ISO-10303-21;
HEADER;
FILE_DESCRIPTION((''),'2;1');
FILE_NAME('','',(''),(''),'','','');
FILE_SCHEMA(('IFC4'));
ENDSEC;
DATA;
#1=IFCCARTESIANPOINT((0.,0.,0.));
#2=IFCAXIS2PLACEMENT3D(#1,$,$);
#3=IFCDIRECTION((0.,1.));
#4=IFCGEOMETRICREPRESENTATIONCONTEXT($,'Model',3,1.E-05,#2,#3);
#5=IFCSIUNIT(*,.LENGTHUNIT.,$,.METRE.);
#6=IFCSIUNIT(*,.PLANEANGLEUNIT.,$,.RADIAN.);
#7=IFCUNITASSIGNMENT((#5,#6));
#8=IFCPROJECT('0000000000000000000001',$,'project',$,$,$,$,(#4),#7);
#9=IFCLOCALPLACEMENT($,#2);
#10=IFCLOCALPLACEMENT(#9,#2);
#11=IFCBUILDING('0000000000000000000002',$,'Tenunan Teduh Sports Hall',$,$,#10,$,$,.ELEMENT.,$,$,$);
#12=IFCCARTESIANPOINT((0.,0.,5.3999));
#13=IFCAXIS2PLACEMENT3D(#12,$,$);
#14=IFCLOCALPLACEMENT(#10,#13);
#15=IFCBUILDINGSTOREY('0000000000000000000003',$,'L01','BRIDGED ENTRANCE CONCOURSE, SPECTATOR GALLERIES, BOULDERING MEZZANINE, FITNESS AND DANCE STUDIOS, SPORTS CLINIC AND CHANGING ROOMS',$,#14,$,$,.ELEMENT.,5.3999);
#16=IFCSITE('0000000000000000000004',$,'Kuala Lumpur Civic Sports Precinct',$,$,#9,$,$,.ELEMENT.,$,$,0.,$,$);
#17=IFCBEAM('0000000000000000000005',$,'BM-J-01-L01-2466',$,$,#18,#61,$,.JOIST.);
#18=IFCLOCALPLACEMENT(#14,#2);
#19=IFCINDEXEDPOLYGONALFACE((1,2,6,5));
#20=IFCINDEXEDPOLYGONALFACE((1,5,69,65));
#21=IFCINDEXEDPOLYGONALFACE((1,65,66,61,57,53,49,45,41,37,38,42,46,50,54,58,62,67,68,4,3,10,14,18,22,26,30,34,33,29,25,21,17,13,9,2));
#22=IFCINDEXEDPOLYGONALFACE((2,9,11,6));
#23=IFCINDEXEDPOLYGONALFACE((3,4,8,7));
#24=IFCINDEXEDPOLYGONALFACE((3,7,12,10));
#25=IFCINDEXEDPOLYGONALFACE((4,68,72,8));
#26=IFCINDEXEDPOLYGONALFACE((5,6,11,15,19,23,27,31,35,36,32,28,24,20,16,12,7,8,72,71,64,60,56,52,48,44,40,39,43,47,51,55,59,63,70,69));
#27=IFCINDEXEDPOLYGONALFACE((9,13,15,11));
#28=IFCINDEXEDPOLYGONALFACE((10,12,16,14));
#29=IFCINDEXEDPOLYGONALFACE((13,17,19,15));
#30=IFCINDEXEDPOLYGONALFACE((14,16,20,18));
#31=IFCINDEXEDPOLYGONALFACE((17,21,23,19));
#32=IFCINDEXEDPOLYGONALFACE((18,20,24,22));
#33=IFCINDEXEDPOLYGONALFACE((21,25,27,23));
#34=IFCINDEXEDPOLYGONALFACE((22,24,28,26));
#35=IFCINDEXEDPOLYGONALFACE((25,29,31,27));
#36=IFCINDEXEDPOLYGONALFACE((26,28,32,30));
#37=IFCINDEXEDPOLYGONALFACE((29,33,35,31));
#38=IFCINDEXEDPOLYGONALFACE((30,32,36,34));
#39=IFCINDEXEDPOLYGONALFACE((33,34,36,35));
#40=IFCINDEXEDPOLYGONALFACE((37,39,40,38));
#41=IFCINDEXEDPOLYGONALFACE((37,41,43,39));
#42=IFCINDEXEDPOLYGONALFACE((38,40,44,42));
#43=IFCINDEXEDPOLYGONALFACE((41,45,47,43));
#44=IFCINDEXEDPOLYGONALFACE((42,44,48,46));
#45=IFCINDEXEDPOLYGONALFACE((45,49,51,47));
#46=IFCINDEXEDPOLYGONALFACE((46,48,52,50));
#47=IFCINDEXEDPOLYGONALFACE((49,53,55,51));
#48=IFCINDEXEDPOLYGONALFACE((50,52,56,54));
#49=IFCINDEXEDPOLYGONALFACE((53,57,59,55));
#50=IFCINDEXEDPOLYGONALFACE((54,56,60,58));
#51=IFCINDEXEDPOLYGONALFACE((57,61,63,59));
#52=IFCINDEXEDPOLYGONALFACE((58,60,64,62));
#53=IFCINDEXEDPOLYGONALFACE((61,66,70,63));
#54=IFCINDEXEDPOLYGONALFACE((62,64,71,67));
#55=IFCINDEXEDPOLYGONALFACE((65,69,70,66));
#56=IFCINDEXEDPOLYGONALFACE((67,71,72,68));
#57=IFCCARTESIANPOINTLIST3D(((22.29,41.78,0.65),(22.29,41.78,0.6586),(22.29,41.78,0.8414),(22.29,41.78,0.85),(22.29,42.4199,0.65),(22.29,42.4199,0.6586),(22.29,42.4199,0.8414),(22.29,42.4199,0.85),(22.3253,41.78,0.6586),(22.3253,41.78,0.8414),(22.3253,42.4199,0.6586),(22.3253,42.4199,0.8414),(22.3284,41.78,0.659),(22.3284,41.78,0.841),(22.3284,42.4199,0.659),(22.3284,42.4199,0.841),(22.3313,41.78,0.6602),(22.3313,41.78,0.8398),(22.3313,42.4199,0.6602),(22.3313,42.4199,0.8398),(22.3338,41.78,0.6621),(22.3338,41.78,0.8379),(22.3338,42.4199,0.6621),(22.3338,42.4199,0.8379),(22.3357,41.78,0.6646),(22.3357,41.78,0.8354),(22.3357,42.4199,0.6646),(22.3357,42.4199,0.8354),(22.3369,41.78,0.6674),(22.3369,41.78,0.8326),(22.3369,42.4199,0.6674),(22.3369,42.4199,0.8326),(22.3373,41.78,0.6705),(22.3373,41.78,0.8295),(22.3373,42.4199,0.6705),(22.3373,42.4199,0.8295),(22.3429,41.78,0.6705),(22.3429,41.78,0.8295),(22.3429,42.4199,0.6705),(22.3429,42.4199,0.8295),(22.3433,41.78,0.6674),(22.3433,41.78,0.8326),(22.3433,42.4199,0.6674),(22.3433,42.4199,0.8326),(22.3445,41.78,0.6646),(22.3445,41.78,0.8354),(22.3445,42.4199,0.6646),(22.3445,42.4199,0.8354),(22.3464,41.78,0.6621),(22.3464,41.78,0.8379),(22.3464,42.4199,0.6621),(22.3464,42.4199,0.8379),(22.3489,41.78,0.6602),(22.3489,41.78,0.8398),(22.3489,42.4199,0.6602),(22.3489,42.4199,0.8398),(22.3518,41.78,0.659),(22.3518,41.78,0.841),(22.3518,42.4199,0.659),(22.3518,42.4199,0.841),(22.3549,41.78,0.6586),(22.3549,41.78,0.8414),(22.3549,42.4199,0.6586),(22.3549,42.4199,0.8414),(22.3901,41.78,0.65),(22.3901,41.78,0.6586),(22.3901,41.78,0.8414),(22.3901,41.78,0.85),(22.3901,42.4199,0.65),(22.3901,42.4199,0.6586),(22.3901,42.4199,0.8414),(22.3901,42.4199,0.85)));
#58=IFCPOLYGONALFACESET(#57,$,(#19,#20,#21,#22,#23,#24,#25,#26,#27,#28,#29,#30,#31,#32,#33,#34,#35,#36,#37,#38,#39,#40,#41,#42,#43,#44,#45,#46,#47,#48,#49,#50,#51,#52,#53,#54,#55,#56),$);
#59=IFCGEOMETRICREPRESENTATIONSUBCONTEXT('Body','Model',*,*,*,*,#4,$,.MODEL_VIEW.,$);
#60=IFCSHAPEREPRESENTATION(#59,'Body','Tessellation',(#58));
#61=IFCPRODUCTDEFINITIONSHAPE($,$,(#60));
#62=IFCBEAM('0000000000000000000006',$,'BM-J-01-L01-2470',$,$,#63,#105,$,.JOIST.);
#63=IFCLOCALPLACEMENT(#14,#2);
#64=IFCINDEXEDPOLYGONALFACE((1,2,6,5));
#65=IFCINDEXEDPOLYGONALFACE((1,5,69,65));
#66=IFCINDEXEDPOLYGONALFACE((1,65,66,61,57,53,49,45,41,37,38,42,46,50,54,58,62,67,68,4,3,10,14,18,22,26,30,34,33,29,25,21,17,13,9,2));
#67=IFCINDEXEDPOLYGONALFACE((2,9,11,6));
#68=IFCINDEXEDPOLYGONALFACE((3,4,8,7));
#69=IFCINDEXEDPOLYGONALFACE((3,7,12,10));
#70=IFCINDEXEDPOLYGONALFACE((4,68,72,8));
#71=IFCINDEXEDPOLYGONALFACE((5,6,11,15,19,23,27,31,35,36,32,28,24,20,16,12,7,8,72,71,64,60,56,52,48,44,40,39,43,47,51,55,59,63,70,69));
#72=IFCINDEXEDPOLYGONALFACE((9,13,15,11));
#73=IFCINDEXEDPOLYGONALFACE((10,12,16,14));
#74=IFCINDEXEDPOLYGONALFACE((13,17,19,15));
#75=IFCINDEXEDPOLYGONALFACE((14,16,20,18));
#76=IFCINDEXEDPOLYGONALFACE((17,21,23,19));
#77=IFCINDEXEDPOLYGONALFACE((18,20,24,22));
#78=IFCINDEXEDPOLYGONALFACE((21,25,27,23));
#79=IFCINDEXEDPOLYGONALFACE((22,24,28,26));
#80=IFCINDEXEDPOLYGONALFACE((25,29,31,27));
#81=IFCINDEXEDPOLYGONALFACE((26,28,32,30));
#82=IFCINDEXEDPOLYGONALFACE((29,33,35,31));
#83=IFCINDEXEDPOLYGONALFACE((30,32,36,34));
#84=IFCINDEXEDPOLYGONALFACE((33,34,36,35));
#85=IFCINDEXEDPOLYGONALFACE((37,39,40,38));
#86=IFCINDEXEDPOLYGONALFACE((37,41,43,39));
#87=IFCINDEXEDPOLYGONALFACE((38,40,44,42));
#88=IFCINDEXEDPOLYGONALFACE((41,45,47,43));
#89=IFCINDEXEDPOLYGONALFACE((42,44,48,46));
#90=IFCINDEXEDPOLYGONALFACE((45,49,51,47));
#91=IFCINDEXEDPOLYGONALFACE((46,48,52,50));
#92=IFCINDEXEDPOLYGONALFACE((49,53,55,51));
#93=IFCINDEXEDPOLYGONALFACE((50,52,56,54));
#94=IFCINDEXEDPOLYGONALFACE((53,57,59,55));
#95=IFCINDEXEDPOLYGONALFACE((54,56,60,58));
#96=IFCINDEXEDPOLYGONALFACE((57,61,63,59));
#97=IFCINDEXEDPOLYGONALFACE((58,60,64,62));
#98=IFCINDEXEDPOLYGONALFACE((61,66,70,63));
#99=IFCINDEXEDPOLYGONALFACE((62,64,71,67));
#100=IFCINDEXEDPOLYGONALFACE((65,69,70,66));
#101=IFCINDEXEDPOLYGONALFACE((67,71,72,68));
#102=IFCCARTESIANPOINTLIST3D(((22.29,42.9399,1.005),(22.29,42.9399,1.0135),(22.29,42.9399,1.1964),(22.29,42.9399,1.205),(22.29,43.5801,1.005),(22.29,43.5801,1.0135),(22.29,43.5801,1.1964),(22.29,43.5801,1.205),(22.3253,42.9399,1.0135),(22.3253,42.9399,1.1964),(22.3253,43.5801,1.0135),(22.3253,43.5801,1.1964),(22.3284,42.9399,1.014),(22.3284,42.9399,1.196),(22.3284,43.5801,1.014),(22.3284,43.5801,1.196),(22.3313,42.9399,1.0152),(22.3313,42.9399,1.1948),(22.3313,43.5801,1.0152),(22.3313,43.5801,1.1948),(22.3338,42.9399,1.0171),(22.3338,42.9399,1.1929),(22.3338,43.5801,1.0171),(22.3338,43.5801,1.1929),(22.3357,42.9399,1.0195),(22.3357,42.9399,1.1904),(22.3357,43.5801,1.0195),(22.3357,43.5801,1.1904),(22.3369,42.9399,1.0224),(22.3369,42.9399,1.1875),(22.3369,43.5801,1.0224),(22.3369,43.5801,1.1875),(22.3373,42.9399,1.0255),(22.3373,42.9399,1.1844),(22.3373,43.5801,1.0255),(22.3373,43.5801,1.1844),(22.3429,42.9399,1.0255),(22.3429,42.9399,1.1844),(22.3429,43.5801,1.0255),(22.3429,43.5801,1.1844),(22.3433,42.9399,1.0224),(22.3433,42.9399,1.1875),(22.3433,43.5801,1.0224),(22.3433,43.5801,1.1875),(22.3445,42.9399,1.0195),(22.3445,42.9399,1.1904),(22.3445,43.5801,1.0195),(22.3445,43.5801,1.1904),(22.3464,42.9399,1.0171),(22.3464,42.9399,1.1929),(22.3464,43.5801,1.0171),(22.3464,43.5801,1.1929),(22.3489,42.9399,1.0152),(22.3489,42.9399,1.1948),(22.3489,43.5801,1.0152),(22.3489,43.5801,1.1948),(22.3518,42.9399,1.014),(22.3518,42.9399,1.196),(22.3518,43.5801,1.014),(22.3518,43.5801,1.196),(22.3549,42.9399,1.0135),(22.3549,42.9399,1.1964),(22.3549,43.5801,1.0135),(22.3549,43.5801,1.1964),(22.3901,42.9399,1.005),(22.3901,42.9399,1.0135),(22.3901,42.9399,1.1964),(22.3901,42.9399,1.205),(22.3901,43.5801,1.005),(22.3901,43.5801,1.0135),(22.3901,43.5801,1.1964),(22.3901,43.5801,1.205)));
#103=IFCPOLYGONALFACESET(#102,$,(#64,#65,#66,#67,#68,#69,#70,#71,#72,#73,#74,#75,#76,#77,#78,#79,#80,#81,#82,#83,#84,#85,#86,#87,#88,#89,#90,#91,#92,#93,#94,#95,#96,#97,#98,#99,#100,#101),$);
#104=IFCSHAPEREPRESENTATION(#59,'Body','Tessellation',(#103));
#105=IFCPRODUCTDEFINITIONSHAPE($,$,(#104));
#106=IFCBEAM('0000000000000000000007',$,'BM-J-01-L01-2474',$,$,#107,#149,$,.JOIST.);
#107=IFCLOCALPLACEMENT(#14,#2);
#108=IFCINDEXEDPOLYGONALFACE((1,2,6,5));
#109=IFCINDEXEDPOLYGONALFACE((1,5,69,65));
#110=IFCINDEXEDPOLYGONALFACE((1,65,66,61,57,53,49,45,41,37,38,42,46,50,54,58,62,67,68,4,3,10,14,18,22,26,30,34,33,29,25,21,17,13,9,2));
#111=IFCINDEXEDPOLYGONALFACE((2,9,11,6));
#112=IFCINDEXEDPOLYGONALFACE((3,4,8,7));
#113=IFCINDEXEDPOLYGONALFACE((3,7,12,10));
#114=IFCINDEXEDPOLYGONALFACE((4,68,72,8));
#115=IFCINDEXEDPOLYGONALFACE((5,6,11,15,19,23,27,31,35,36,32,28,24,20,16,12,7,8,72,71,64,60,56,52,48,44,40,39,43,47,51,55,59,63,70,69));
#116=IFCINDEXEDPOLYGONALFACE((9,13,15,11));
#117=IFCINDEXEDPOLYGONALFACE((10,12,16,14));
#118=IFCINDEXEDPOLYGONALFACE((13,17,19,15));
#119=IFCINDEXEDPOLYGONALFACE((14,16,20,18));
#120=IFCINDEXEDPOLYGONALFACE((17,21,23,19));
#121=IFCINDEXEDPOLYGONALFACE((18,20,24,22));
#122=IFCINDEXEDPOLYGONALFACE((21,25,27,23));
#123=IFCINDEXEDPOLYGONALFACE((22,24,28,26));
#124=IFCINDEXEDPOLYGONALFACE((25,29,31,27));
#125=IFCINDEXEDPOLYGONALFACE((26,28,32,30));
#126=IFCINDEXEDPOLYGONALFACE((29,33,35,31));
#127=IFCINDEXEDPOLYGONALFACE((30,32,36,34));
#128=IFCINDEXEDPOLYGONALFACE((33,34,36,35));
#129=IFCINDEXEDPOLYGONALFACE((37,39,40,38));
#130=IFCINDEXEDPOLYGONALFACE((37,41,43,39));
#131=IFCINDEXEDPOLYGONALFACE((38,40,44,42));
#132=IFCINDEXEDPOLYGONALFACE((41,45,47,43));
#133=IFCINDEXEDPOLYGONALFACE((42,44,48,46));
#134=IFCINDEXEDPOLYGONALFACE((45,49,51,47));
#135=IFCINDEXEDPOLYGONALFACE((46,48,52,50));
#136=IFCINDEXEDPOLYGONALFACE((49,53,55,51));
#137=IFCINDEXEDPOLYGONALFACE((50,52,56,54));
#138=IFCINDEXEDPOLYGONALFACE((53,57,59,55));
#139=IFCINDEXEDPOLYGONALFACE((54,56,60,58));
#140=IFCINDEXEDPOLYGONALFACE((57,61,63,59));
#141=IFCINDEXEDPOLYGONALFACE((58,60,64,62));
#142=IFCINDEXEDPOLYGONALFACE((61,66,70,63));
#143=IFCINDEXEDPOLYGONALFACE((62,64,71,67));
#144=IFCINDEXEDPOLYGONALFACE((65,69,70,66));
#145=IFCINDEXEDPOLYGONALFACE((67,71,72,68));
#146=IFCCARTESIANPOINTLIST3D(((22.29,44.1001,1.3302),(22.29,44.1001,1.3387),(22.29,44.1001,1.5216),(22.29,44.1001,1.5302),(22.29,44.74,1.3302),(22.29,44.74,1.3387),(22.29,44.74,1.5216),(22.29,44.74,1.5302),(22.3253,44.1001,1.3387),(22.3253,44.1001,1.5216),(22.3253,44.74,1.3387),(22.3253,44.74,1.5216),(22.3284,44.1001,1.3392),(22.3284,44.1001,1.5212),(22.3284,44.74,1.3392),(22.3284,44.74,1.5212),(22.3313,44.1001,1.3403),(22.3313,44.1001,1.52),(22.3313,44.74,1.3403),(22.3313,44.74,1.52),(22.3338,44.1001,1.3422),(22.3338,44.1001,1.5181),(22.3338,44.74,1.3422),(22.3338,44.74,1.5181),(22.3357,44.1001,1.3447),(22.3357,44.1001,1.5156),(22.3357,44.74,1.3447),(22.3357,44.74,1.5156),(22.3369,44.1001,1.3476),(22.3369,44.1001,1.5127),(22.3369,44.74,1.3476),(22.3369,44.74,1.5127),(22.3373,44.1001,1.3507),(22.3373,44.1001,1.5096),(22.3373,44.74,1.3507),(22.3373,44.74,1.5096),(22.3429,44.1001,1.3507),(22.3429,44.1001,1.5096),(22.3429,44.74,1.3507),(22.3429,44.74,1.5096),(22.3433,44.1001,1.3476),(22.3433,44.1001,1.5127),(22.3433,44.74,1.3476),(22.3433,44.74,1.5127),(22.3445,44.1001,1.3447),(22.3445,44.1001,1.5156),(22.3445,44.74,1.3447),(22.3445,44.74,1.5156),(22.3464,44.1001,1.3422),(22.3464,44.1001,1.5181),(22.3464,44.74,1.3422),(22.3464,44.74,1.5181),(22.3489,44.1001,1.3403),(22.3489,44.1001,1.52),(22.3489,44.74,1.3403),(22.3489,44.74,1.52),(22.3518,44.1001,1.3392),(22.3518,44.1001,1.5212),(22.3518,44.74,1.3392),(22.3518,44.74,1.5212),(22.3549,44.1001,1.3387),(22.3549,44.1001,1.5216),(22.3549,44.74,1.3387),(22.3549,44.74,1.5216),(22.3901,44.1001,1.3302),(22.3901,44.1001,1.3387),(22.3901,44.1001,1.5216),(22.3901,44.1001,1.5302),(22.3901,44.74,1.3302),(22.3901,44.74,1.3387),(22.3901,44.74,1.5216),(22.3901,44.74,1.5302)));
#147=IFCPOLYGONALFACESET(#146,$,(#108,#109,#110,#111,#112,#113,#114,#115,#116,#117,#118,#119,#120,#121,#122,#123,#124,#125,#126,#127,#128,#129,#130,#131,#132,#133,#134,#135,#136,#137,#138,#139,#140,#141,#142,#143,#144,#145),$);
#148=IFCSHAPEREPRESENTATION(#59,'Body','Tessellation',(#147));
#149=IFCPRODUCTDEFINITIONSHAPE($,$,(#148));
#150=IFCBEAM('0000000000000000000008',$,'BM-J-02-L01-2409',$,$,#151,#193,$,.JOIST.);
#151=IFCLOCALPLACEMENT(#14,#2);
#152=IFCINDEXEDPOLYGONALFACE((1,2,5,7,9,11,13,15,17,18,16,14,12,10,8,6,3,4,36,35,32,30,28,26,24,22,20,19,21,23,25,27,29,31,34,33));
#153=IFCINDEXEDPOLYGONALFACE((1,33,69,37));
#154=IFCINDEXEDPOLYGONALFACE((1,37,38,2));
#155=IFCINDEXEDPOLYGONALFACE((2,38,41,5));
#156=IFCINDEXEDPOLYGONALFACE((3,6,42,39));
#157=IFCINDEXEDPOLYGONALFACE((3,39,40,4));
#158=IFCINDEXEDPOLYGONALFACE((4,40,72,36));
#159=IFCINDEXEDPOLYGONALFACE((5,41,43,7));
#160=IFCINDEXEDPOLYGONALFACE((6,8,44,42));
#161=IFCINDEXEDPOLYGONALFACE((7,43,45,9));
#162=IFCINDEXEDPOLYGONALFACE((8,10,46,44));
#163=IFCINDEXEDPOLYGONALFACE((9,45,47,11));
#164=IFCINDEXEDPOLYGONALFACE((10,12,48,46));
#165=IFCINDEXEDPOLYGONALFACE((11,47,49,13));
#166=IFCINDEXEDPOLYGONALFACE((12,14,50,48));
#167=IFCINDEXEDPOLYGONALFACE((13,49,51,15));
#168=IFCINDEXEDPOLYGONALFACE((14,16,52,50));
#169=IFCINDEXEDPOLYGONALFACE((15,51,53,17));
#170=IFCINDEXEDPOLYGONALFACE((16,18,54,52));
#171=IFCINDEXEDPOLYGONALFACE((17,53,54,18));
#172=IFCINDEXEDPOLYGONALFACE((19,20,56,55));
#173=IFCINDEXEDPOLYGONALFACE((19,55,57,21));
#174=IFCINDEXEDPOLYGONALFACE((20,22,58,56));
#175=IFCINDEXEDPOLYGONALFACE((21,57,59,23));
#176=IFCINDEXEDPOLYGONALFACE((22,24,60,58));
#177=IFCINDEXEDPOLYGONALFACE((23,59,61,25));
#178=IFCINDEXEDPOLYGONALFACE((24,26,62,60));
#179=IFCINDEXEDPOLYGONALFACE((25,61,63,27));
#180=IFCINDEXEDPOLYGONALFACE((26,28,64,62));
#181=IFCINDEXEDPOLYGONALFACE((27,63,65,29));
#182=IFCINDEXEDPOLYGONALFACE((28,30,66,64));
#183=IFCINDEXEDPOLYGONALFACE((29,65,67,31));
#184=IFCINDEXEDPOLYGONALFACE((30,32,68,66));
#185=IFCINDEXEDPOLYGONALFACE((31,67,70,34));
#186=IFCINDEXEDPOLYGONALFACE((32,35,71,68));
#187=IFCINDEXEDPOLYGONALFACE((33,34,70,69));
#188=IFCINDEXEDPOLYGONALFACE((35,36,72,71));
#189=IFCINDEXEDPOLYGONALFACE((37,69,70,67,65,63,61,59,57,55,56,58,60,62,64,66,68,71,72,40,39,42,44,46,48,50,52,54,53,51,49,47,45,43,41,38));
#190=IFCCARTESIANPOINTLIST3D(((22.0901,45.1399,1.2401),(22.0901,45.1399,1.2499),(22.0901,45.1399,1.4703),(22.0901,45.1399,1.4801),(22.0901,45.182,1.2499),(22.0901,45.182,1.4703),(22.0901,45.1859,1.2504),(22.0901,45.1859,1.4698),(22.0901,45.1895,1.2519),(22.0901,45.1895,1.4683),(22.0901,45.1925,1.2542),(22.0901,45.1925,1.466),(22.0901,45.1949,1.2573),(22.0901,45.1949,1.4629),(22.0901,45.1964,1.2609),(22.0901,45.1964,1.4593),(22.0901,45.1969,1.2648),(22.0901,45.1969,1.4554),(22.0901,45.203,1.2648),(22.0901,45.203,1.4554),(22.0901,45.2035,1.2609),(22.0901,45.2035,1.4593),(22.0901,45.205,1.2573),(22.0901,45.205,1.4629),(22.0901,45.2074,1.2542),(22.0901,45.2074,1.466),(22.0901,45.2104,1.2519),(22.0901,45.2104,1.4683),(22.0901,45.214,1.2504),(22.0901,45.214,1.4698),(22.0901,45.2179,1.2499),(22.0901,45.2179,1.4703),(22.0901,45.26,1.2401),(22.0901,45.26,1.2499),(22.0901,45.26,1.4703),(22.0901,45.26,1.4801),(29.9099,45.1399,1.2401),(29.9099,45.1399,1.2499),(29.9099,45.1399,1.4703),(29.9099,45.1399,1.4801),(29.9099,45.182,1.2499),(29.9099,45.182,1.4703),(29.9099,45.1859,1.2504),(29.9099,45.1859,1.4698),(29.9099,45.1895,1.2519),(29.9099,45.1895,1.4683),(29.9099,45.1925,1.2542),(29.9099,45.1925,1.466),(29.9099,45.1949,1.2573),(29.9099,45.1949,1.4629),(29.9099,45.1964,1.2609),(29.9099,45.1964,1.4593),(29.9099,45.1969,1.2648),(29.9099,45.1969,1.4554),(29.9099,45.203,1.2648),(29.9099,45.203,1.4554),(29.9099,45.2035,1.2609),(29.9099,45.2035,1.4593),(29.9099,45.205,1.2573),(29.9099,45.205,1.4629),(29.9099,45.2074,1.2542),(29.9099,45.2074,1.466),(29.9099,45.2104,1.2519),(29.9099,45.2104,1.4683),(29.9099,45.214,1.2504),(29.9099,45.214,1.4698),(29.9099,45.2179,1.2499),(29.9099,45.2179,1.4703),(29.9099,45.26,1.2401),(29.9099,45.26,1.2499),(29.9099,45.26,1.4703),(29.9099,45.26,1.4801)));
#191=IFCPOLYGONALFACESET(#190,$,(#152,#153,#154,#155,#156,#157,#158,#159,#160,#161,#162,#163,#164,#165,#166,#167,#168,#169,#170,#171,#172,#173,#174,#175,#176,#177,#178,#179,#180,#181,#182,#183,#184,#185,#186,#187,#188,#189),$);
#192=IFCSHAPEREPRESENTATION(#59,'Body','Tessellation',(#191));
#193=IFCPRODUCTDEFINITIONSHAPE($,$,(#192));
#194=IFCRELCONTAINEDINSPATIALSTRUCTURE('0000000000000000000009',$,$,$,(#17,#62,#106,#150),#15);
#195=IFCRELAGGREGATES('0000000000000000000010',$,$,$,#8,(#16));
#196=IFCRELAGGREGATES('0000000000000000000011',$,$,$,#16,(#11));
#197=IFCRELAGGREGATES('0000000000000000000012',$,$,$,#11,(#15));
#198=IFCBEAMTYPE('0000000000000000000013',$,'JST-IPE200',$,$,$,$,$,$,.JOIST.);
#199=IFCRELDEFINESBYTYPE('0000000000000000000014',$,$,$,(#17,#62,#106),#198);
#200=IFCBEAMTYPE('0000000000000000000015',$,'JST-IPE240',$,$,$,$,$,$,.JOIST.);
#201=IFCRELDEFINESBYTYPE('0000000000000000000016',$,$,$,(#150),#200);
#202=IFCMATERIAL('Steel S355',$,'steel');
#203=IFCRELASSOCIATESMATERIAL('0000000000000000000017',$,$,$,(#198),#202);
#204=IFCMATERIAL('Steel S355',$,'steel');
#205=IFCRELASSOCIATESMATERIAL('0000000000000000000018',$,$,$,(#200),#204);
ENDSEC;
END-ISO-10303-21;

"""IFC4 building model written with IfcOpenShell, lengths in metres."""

from ifc_helpers import new_model, si_unit, direction, frame, origin, origin_2d, place, context, subcontext, project, spatial, i_section, extrude, material, material_profile, profile_set, type_object, element, save


model = new_model("IFC4")

# Units and contexts
model_context = context("Model", 3, precision=1e-05, world=origin(), true_north=direction((0.0, 1.0)))
body_context = subcontext(model_context, "Body", "Model", "MODEL_VIEW")
ifc_project = project(units=[si_unit("LENGTHUNIT", "METRE"), si_unit("PLANEANGLEUNIT", "RADIAN")], contexts=[model_context])

# Site, building, storey
site_placement = place(None, origin())
site = spatial("IfcSite", under=ifc_project, at=site_placement, Name="Kuala Lumpur Civic Sports Precinct", CompositionType="ELEMENT", RefElevation=0.0)
building_placement = place(site_placement, origin())
building = spatial("IfcBuilding", under=site, at=building_placement, Name="Tenunan Teduh Sports Hall", CompositionType="ELEMENT")
storey_placement = place(building_placement, frame((0.0, 0.0, 5.3999)))
storey = spatial("IfcBuildingStorey", under=building, at=storey_placement, Name="L01", Description="BRIDGED ENTRANCE CONCOURSE, SPECTATOR GALLERIES, BOULDERING MEZZANINE, FITNESS AND DANCE STUDIOS, SPORTS CLINIC AND CHANGING ROOMS", CompositionType="ELEMENT", Elevation=5.3999)

# Beams
ifc_material_1 = material(Name="Steel S355", Category="steel")
ifc_material_profile_1 = material_profile(ifc_material_1, i_section(OverallWidth=0.1001, OverallDepth=0.2, WebThickness=0.0056, FlangeThickness=0.0085, FilletRadius=0.012, at=origin_2d()), Name="IPE 200")
ifc_profile_set_1 = profile_set([ifc_material_profile_1], Name="Steel S355")
beam_type_1 = type_object("IfcBeamType", Name="JST-IPE200", PredefinedType="JOIST", material=ifc_profile_set_1)
for number, where, z_axis, x_axis, name in (
    (1, (22.3401, 41.78, 0.75), (0.0, 1.0, 0.0), (-1.0, 0.0, 0.0), "BM-J-01-L01-2466"),
):
    element("IfcBeam", number, at=place(storey_placement, frame(where, z_axis=z_axis, x_axis=x_axis)), inside=storey, type_object=beam_type_1, Name=name, PredefinedType="JOIST", context=body_context, shape_type="SweptSolid", body=[
        extrude(i_section(OverallWidth=0.1001, OverallDepth=0.2, WebThickness=0.0056, FlangeThickness=0.0085, FilletRadius=0.012, at=origin_2d()), origin(), (0.0, 0.0, 1.0), 0.6399),
    ])
beam_1_placement = place(storey_placement, frame((22.3401, 42.9399, 1.105), z_axis=(0.0, 1.0, 0.0), x_axis=(-1.0, 0.0, 0.0)))
element("IfcBeam", 2, at=beam_1_placement, inside=storey, type_object=beam_type_1, Name="BM-J-01-L01-2470", PredefinedType="JOIST", context=body_context, shape_type="SweptSolid", body=[
    extrude(i_section(OverallWidth=0.1001, OverallDepth=0.2, WebThickness=0.0056, FlangeThickness=0.0085, FilletRadius=0.012, at=origin_2d()), origin(), (0.0, 0.0, 1.0), 0.6401),
])
beam_2_placement = place(storey_placement, frame((22.3401, 44.1001, 1.4302), z_axis=(0.0, 1.0, 0.0), x_axis=(-1.0, 0.0, 0.0)))
element("IfcBeam", 3, at=beam_2_placement, inside=storey, type_object=beam_type_1, Name="BM-J-01-L01-2474", PredefinedType="JOIST", context=body_context, shape_type="SweptSolid", body=[
    extrude(i_section(OverallWidth=0.1001, OverallDepth=0.2, WebThickness=0.0056, FlangeThickness=0.0085, FilletRadius=0.012, at=origin_2d()), origin(), (0.0, 0.0, 1.0), 0.6399),
])
ifc_material_2 = material(Name="Steel S355", Category="steel")
ifc_material_profile_2 = material_profile(ifc_material_2, i_section(OverallWidth=0.1201, OverallDepth=0.24, WebThickness=0.0061, FlangeThickness=0.0098, FilletRadius=0.0149, at=origin_2d()), Name="IPE 240")
ifc_profile_set_2 = profile_set([ifc_material_profile_2], Name="Steel S355")
beam_type_2 = type_object("IfcBeamType", Name="JST-IPE240", PredefinedType="JOIST", material=ifc_profile_set_2)
for number, where, z_axis, x_axis, name in (
    (4, (22.0901, 45.2, 1.3601), (1.0, 0.0, 0.0), (0.0, 1.0, 0.0), "BM-J-02-L01-2409"),
):
    element("IfcBeam", number, at=place(storey_placement, frame(where, z_axis=z_axis, x_axis=x_axis)), inside=storey, type_object=beam_type_2, Name=name, PredefinedType="JOIST", context=body_context, shape_type="SweptSolid", body=[
        extrude(i_section(OverallWidth=0.1201, OverallDepth=0.24, WebThickness=0.0061, FlangeThickness=0.0098, FilletRadius=0.0149, at=origin_2d()), origin(), (0.0, 0.0, 1.0), 7.8198),
    ])

save(model, "model.ifc")
